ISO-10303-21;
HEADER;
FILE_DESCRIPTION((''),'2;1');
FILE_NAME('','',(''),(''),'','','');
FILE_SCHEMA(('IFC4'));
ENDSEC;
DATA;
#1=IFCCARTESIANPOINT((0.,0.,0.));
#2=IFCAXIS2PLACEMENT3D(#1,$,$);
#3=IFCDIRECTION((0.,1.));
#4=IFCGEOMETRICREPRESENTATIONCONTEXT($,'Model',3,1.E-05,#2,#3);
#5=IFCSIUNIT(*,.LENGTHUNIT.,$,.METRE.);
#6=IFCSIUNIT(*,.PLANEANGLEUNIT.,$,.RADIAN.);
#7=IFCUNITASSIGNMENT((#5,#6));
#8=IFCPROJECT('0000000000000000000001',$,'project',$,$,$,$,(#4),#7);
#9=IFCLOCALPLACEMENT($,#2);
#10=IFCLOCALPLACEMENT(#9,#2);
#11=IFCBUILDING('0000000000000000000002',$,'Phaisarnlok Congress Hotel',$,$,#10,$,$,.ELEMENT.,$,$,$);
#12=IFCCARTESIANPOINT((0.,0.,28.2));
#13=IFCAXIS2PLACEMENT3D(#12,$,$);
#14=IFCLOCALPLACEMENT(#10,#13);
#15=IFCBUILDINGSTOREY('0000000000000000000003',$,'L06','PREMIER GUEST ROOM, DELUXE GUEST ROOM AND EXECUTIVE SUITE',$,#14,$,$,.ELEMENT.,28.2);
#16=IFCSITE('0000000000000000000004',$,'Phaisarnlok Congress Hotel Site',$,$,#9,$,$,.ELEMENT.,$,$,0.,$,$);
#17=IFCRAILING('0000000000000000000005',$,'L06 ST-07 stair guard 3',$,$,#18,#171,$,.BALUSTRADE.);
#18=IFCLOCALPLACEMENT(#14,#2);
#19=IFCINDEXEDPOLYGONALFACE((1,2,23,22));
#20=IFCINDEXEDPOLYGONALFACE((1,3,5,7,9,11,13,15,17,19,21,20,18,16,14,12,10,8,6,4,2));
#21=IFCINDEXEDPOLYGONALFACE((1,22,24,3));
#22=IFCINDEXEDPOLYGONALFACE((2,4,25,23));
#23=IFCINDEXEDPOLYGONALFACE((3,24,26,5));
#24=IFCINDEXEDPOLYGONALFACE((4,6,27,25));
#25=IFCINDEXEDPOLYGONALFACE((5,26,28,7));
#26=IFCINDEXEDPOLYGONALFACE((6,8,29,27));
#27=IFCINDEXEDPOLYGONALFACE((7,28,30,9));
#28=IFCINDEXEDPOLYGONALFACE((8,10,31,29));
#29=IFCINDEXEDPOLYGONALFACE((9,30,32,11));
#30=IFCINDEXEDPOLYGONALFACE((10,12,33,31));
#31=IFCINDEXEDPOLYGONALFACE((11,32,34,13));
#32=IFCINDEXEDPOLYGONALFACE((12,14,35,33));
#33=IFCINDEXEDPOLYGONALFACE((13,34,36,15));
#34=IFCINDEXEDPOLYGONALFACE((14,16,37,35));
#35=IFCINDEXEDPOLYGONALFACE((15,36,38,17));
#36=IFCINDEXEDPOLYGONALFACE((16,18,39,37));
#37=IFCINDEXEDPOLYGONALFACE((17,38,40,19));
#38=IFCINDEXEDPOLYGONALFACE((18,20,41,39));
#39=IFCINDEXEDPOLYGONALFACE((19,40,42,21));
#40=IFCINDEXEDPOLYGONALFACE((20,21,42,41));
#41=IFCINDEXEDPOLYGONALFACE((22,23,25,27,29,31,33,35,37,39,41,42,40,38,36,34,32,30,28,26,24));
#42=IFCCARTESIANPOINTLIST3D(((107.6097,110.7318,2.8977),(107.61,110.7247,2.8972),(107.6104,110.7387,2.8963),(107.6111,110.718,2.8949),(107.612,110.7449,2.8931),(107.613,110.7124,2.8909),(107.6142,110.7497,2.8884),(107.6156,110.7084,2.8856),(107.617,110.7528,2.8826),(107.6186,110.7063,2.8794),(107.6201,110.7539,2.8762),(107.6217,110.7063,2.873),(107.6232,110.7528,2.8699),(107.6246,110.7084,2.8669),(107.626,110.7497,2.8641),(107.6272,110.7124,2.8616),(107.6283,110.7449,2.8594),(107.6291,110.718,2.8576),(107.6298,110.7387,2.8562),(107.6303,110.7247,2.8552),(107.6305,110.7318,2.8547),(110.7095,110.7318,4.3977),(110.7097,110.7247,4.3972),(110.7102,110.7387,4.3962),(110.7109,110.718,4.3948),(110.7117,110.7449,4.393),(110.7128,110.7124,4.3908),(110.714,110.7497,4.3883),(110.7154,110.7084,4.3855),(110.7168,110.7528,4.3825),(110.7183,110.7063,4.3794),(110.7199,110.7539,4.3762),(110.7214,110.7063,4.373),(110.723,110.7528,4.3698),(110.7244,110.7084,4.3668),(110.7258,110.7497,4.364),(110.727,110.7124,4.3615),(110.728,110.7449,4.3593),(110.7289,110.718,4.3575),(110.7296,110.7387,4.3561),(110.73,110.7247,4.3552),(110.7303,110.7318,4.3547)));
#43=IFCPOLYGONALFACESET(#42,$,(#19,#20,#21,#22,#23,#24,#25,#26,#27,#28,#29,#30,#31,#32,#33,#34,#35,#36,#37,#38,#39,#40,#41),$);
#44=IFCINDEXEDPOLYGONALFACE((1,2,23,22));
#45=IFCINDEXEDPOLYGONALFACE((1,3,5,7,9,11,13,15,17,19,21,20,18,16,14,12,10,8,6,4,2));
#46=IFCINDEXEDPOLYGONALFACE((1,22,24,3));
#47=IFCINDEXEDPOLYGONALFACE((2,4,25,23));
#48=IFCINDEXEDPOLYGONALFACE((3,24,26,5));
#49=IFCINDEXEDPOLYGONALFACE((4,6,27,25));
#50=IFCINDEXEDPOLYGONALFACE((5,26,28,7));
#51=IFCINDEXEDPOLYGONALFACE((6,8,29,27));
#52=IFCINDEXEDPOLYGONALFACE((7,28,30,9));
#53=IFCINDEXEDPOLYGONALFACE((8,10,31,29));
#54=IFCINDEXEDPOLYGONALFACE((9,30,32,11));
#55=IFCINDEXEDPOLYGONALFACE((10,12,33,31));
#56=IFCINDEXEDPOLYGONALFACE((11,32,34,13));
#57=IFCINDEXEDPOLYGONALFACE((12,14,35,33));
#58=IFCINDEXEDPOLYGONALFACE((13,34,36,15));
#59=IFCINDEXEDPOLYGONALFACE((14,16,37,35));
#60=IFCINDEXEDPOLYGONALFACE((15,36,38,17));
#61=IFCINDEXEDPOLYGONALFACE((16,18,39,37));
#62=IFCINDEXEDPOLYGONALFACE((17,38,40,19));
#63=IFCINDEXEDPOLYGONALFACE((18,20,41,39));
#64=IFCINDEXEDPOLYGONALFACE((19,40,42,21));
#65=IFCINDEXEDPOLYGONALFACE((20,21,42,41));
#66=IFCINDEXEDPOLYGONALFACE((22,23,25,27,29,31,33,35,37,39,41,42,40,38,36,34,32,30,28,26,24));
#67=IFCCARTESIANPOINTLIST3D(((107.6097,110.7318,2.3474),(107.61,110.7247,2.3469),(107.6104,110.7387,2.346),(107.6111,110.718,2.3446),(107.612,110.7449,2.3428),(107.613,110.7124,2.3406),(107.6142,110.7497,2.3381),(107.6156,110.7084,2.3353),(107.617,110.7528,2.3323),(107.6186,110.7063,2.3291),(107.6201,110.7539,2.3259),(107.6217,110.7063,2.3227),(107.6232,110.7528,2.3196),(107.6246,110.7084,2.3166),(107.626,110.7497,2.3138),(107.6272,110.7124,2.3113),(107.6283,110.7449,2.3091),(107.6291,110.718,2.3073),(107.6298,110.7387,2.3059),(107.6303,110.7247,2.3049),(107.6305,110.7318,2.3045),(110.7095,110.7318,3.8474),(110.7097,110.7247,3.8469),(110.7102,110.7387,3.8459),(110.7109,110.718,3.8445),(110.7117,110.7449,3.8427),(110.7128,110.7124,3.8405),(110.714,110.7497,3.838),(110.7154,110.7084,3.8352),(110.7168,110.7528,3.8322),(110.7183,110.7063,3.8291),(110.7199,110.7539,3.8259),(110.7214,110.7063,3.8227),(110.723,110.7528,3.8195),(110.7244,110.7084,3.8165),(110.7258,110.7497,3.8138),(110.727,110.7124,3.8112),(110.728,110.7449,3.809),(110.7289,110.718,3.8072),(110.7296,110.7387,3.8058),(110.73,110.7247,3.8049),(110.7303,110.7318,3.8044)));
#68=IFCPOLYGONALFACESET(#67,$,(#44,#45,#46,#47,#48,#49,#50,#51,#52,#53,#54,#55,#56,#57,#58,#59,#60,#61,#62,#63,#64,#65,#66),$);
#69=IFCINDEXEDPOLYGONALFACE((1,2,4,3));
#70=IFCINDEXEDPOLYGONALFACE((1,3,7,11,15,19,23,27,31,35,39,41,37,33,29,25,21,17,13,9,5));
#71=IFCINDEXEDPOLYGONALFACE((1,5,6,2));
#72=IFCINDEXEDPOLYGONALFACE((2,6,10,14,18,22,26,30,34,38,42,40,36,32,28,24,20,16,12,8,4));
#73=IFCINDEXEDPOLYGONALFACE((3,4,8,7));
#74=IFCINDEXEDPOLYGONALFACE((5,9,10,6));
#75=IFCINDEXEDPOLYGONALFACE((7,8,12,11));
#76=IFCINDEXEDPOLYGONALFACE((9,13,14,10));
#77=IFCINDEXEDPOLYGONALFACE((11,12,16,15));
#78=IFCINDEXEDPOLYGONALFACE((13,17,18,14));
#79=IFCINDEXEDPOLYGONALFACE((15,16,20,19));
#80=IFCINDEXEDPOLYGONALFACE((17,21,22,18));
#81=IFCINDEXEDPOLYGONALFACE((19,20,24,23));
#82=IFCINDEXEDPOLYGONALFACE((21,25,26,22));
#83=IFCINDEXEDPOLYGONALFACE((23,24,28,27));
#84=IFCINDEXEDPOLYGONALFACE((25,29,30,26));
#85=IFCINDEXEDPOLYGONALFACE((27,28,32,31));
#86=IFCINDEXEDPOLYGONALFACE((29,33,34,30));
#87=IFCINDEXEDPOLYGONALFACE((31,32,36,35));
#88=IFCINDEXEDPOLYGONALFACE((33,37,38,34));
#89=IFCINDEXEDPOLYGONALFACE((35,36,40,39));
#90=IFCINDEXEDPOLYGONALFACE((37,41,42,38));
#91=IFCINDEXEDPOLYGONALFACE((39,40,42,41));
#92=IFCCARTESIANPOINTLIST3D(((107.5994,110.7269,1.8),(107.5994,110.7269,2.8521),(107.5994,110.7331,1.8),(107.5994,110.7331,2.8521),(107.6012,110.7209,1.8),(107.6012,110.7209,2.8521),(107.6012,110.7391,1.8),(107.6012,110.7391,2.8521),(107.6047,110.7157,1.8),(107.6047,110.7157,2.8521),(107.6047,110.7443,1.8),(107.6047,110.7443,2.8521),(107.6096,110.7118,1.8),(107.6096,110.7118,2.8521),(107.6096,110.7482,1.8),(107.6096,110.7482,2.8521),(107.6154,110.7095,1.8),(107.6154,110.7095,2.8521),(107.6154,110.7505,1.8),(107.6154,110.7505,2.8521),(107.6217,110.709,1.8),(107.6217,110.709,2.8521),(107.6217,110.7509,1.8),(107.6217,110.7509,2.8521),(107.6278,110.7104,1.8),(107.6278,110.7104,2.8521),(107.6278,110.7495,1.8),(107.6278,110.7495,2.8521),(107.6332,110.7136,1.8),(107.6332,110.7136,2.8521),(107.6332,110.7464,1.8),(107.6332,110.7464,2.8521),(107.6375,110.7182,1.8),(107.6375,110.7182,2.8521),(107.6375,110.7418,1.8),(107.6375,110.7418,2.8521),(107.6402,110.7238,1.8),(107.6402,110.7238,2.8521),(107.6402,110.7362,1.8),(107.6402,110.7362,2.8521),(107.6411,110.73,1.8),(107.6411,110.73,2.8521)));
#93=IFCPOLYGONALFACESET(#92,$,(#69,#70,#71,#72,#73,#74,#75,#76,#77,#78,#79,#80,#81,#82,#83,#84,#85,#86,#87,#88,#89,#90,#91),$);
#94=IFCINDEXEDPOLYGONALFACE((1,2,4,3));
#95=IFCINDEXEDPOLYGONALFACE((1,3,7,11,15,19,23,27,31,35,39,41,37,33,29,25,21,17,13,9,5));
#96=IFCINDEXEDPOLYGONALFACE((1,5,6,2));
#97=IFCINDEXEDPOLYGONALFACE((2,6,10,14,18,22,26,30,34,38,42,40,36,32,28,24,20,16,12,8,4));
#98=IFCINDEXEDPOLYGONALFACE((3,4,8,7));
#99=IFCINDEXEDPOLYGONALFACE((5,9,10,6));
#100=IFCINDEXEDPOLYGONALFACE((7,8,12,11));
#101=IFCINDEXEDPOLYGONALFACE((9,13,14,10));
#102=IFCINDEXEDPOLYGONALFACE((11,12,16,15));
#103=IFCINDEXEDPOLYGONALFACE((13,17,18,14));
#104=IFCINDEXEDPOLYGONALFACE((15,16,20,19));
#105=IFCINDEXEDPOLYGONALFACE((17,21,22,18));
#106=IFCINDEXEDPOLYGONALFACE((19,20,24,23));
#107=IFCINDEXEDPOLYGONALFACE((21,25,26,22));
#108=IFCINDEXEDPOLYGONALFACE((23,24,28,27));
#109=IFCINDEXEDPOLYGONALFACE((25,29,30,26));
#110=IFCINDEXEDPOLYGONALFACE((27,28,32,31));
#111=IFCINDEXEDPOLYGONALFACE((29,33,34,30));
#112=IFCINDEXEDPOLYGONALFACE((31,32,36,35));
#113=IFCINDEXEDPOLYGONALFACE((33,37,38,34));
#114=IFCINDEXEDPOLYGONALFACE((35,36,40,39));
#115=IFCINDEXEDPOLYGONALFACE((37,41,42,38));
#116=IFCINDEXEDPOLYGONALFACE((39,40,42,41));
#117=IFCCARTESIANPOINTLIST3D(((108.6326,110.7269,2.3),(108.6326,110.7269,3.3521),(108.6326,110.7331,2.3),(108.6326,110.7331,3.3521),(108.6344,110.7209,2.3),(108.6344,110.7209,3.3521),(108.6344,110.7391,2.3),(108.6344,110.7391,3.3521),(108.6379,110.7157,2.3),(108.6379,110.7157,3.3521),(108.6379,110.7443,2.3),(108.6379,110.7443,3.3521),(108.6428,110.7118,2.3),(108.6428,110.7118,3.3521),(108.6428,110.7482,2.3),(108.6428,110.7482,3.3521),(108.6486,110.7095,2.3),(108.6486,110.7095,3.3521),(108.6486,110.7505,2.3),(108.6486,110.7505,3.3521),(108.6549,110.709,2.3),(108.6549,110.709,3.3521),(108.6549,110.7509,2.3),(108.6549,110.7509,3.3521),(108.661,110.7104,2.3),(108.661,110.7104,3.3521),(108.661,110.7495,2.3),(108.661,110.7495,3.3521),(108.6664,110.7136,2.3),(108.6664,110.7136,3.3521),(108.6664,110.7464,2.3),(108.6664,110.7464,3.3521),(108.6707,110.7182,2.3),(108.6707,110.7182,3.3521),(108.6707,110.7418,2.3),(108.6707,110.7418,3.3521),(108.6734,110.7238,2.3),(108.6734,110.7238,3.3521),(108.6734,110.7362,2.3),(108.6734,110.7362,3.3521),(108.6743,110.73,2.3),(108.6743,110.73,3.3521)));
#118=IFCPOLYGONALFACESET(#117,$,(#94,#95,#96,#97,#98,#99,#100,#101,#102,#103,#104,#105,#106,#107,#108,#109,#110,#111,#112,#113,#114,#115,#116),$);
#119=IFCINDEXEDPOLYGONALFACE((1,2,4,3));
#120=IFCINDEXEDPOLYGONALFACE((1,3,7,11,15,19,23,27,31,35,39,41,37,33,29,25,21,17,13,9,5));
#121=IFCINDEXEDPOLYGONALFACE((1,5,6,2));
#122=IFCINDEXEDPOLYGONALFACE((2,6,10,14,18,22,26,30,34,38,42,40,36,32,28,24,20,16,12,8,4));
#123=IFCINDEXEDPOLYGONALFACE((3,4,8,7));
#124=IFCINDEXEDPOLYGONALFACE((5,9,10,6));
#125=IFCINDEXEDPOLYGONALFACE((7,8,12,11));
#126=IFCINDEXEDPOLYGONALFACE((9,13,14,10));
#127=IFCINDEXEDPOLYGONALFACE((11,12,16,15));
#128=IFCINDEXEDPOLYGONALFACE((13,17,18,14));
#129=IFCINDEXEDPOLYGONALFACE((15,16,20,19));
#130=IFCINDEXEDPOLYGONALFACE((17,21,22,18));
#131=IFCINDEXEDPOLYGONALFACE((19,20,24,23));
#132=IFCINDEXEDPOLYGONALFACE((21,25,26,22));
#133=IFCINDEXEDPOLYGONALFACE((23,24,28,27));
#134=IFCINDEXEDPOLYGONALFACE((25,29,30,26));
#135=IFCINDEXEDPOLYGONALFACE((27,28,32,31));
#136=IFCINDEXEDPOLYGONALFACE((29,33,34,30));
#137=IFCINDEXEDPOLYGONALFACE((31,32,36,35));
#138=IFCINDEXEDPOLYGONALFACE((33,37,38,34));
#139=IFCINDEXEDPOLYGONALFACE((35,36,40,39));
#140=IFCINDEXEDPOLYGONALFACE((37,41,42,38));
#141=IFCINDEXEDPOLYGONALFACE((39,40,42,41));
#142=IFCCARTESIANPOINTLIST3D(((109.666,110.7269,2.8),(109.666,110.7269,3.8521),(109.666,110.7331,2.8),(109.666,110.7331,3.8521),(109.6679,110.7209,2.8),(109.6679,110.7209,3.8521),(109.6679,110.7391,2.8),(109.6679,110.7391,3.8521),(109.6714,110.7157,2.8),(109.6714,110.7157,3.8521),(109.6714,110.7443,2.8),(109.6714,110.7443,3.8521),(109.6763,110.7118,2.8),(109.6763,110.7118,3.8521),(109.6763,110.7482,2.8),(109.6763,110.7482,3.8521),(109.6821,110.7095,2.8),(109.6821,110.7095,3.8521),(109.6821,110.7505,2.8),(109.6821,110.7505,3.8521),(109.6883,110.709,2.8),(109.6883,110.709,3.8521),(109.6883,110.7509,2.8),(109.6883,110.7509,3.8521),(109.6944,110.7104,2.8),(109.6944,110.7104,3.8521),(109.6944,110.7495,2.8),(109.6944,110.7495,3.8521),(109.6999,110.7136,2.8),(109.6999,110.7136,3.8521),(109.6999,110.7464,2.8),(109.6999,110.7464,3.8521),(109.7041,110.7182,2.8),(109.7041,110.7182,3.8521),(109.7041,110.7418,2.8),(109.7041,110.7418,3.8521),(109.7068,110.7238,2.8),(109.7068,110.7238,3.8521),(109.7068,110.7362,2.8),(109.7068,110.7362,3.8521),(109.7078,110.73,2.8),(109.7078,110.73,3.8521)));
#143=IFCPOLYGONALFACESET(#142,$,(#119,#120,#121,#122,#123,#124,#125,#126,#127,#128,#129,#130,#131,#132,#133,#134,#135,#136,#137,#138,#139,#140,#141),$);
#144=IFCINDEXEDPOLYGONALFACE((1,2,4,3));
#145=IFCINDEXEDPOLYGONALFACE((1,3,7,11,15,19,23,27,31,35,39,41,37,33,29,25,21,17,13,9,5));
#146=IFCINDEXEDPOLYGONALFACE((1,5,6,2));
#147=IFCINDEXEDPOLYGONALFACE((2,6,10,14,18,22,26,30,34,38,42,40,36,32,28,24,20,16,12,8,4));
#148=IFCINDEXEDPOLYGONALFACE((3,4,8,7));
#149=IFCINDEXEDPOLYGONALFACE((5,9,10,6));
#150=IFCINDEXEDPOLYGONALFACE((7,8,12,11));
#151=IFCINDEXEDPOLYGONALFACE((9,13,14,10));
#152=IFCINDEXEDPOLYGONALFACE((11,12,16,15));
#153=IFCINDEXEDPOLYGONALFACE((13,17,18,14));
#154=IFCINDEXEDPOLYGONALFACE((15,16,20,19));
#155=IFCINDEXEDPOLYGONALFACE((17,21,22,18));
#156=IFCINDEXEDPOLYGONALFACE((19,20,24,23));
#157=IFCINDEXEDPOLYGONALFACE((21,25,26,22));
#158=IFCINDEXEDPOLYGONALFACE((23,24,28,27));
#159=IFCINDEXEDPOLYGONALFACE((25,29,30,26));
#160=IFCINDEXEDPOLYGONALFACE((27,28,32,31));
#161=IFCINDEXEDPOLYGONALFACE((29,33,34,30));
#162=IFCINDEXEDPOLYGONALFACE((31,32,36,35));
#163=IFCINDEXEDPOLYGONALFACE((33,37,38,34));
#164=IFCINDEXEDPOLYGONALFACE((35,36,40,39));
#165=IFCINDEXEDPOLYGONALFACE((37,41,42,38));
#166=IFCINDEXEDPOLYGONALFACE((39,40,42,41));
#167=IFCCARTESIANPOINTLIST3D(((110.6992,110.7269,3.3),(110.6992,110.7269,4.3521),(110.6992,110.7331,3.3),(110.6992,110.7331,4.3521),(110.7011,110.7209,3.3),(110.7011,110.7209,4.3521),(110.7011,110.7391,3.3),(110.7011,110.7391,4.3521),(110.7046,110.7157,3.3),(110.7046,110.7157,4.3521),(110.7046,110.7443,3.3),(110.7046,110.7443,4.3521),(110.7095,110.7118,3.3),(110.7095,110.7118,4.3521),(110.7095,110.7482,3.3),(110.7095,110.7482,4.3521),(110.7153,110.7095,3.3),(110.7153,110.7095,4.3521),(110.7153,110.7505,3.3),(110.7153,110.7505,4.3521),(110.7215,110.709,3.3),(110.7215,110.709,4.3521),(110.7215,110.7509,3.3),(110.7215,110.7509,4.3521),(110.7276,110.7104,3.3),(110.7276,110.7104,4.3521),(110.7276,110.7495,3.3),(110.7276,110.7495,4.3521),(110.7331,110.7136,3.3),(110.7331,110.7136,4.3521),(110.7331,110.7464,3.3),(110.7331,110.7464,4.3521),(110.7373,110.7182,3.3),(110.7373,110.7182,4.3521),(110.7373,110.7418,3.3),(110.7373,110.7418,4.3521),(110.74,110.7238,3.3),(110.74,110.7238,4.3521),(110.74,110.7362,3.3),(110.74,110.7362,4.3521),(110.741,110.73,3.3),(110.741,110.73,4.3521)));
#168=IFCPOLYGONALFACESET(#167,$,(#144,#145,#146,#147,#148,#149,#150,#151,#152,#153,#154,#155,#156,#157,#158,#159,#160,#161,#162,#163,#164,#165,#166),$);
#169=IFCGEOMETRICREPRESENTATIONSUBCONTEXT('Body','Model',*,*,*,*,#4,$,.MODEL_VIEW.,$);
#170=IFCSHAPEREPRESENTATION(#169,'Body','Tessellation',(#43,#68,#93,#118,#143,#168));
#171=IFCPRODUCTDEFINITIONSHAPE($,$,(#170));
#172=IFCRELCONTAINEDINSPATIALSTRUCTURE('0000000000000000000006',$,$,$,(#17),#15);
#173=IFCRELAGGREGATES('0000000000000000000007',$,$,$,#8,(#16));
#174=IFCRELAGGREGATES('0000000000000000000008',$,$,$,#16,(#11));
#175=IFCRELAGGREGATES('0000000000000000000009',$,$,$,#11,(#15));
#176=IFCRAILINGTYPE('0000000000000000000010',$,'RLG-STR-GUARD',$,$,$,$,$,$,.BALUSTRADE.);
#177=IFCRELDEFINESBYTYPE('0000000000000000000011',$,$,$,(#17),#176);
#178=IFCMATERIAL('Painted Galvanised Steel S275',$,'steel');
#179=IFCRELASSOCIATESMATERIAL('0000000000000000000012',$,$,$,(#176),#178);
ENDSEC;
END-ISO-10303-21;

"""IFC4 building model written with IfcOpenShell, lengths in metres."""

from ifc_helpers import new_model, si_unit, direction, frame, origin, origin_2d, place, context, subcontext, project, spatial, circle, extrude, material, type_object, element, save


model = new_model("IFC4")

# Units and contexts
model_context = context("Model", 3, precision=1e-05, world=origin(), true_north=direction((0.0, 1.0)))
body_context = subcontext(model_context, "Body", "Model", "MODEL_VIEW")
ifc_project = project(units=[si_unit("LENGTHUNIT", "METRE"), si_unit("PLANEANGLEUNIT", "RADIAN")], contexts=[model_context])

# Site, building, storey
site_placement = place(None, origin())
site = spatial("IfcSite", under=ifc_project, at=site_placement, Name="Phaisarnlok Congress Hotel Site", CompositionType="ELEMENT", RefElevation=0.0)
building_placement = place(site_placement, origin())
building = spatial("IfcBuilding", under=site, at=building_placement, Name="Phaisarnlok Congress Hotel", CompositionType="ELEMENT")
storey_placement = place(building_placement, frame((0.0, 0.0, 28.2)))
storey = spatial("IfcBuildingStorey", under=building, at=storey_placement, Name="L06", Description="PREMIER GUEST ROOM, DELUXE GUEST ROOM AND EXECUTIVE SUITE", CompositionType="ELEMENT", Elevation=28.2)

# Railing
ifc_material_1 = material(Name="Painted Galvanised Steel S275", Category="steel")
railing_type = type_object("IfcRailingType", Name="RLG-STR-GUARD", PredefinedType="BALUSTRADE", material=ifc_material_1)
railing_1_placement = place(storey_placement, frame((107.6201, 110.73, 1.8)))
element("IfcRailing", 1, at=railing_1_placement, inside=storey, type_object=railing_type, Name="L06 ST-07 stair guard 3", PredefinedType="BALUSTRADE", context=body_context, shape_type="SweptSolid", body=[
    extrude(circle(Radius=0.0239, at=origin_2d()), frame((0.0, 0.0, 1.0762), z_axis=(0.900151, 0.0, 0.435578), x_axis=(0.0, 1.0, 0.0)), (0.0, 0.0, 1.0), 3.4436),
    extrude(circle(Radius=0.0239, at=origin_2d()), frame((0.0, 0.0, 0.5259), z_axis=(0.900151, 0.0, 0.435578), x_axis=(0.0, 1.0, 0.0)), (0.0, 0.0, 1.0), 3.4436),
    extrude(circle(Radius=0.021, at=origin_2d()), origin(), (0.0, 0.0, 1.0), 1.052),
    extrude(circle(Radius=0.021, at=origin_2d()), frame((1.0332, 0.0, 0.5)), (0.0, 0.0, 1.0), 1.052),
    extrude(circle(Radius=0.021, at=origin_2d()), frame((2.0667, 0.0, 1.0)), (0.0, 0.0, 1.0), 1.052),
    extrude(circle(Radius=0.021, at=origin_2d()), frame((3.0999, 0.0, 1.5)), (0.0, 0.0, 1.0), 1.052),
])

save(model, "model.ifc")
